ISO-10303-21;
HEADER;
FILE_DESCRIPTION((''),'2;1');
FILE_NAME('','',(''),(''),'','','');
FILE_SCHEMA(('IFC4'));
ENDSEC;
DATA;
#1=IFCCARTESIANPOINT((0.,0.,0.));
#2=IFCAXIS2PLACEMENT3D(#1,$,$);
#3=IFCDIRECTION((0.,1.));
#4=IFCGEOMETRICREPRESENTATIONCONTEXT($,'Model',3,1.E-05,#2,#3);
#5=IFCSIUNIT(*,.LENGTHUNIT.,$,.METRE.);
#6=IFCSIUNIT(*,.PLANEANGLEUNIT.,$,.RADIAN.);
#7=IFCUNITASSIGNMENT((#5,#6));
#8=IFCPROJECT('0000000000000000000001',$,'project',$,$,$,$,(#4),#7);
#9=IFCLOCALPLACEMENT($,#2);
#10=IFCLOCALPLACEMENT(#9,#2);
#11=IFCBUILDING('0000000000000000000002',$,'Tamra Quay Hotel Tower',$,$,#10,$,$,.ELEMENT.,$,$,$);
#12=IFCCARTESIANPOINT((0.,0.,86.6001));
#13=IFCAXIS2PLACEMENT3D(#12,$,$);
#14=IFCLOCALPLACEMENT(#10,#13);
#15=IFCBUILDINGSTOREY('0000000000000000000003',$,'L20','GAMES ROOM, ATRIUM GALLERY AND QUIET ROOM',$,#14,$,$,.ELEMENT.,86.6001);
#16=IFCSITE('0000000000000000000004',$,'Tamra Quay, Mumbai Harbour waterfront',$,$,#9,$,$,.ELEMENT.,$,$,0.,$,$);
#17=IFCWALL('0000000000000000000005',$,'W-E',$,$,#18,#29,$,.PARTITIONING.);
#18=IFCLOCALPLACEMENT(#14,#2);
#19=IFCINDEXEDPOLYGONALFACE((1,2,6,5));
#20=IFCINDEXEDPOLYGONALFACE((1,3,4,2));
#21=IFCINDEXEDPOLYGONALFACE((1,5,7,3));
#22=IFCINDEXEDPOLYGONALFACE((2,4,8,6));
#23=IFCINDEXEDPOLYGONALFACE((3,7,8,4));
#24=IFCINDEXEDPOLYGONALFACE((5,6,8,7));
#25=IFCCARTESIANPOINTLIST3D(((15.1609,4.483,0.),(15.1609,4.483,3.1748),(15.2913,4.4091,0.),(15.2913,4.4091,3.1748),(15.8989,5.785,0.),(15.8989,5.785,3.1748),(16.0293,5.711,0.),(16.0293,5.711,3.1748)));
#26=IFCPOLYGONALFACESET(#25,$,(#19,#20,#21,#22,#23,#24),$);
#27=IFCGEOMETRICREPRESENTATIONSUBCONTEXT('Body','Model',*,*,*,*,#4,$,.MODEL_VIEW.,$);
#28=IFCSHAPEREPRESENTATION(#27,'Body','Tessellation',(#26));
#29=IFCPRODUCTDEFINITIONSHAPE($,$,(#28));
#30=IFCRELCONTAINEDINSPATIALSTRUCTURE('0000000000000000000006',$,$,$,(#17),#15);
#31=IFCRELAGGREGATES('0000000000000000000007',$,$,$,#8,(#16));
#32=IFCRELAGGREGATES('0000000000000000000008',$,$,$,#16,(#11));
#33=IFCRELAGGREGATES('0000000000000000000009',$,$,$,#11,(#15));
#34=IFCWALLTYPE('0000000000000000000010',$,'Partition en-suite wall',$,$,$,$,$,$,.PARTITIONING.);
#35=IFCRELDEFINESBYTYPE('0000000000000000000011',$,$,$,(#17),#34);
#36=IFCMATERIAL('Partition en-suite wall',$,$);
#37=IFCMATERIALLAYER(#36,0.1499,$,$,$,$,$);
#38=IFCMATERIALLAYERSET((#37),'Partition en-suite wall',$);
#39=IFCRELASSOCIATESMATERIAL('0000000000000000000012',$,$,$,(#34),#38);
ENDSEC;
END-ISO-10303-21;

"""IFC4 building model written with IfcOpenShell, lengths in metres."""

from ifc_helpers import new_model, si_unit, direction, frame, frame_2d, origin, place, context, subcontext, project, spatial, rectangle, extrude, material, layer, layer_set, type_object, element, save


model = new_model("IFC4")

# Units and contexts
model_context = context("Model", 3, precision=1e-05, world=origin(), true_north=direction((0.0, 1.0)))
body_context = subcontext(model_context, "Body", "Model", "MODEL_VIEW")
ifc_project = project(units=[si_unit("LENGTHUNIT", "METRE"), si_unit("PLANEANGLEUNIT", "RADIAN")], contexts=[model_context])

# Site, building, storey
site_placement = place(None, origin())
site = spatial("IfcSite", under=ifc_project, at=site_placement, Name="Tamra Quay, Mumbai Harbour waterfront", CompositionType="ELEMENT", RefElevation=0.0)
building_placement = place(site_placement, origin())
building = spatial("IfcBuilding", under=site, at=building_placement, Name="Tamra Quay Hotel Tower", CompositionType="ELEMENT")
storey_placement = place(building_placement, frame((0.0, 0.0, 86.6001)))
storey = spatial("IfcBuildingStorey", under=building, at=storey_placement, Name="L20", Description="GAMES ROOM, ATRIUM GALLERY AND QUIET ROOM", CompositionType="ELEMENT", Elevation=86.6001)

# Wall
ifc_material_1 = material(Name="Partition en-suite wall")
ifc_layer_1 = layer(ifc_material_1, 0.1499)
ifc_layer_set_1 = layer_set([ifc_layer_1], Name="Partition en-suite wall")
wall_type_1 = type_object("IfcWallType", Name="Partition en-suite wall", PredefinedType="PARTITIONING", material=ifc_layer_set_1)
wall_1_placement = place(storey_placement, frame((15.2261, 4.446, 0.0), z_axis=(0.0, 0.0, 1.0), x_axis=(0.493132, 0.869955, 0.0)))
element("IfcWall", 1, at=wall_1_placement, inside=storey, type_object=wall_type_1, Name="W-E", PredefinedType="PARTITIONING", context=body_context, shape_type="SweptSolid", body=[
    extrude(rectangle(XDim=1.4966, YDim=0.1499, at=frame_2d((0.7483, 0.0))), origin(), (0.0, 0.0, 1.0), 3.1748),
])

save(model, "model.ifc")
